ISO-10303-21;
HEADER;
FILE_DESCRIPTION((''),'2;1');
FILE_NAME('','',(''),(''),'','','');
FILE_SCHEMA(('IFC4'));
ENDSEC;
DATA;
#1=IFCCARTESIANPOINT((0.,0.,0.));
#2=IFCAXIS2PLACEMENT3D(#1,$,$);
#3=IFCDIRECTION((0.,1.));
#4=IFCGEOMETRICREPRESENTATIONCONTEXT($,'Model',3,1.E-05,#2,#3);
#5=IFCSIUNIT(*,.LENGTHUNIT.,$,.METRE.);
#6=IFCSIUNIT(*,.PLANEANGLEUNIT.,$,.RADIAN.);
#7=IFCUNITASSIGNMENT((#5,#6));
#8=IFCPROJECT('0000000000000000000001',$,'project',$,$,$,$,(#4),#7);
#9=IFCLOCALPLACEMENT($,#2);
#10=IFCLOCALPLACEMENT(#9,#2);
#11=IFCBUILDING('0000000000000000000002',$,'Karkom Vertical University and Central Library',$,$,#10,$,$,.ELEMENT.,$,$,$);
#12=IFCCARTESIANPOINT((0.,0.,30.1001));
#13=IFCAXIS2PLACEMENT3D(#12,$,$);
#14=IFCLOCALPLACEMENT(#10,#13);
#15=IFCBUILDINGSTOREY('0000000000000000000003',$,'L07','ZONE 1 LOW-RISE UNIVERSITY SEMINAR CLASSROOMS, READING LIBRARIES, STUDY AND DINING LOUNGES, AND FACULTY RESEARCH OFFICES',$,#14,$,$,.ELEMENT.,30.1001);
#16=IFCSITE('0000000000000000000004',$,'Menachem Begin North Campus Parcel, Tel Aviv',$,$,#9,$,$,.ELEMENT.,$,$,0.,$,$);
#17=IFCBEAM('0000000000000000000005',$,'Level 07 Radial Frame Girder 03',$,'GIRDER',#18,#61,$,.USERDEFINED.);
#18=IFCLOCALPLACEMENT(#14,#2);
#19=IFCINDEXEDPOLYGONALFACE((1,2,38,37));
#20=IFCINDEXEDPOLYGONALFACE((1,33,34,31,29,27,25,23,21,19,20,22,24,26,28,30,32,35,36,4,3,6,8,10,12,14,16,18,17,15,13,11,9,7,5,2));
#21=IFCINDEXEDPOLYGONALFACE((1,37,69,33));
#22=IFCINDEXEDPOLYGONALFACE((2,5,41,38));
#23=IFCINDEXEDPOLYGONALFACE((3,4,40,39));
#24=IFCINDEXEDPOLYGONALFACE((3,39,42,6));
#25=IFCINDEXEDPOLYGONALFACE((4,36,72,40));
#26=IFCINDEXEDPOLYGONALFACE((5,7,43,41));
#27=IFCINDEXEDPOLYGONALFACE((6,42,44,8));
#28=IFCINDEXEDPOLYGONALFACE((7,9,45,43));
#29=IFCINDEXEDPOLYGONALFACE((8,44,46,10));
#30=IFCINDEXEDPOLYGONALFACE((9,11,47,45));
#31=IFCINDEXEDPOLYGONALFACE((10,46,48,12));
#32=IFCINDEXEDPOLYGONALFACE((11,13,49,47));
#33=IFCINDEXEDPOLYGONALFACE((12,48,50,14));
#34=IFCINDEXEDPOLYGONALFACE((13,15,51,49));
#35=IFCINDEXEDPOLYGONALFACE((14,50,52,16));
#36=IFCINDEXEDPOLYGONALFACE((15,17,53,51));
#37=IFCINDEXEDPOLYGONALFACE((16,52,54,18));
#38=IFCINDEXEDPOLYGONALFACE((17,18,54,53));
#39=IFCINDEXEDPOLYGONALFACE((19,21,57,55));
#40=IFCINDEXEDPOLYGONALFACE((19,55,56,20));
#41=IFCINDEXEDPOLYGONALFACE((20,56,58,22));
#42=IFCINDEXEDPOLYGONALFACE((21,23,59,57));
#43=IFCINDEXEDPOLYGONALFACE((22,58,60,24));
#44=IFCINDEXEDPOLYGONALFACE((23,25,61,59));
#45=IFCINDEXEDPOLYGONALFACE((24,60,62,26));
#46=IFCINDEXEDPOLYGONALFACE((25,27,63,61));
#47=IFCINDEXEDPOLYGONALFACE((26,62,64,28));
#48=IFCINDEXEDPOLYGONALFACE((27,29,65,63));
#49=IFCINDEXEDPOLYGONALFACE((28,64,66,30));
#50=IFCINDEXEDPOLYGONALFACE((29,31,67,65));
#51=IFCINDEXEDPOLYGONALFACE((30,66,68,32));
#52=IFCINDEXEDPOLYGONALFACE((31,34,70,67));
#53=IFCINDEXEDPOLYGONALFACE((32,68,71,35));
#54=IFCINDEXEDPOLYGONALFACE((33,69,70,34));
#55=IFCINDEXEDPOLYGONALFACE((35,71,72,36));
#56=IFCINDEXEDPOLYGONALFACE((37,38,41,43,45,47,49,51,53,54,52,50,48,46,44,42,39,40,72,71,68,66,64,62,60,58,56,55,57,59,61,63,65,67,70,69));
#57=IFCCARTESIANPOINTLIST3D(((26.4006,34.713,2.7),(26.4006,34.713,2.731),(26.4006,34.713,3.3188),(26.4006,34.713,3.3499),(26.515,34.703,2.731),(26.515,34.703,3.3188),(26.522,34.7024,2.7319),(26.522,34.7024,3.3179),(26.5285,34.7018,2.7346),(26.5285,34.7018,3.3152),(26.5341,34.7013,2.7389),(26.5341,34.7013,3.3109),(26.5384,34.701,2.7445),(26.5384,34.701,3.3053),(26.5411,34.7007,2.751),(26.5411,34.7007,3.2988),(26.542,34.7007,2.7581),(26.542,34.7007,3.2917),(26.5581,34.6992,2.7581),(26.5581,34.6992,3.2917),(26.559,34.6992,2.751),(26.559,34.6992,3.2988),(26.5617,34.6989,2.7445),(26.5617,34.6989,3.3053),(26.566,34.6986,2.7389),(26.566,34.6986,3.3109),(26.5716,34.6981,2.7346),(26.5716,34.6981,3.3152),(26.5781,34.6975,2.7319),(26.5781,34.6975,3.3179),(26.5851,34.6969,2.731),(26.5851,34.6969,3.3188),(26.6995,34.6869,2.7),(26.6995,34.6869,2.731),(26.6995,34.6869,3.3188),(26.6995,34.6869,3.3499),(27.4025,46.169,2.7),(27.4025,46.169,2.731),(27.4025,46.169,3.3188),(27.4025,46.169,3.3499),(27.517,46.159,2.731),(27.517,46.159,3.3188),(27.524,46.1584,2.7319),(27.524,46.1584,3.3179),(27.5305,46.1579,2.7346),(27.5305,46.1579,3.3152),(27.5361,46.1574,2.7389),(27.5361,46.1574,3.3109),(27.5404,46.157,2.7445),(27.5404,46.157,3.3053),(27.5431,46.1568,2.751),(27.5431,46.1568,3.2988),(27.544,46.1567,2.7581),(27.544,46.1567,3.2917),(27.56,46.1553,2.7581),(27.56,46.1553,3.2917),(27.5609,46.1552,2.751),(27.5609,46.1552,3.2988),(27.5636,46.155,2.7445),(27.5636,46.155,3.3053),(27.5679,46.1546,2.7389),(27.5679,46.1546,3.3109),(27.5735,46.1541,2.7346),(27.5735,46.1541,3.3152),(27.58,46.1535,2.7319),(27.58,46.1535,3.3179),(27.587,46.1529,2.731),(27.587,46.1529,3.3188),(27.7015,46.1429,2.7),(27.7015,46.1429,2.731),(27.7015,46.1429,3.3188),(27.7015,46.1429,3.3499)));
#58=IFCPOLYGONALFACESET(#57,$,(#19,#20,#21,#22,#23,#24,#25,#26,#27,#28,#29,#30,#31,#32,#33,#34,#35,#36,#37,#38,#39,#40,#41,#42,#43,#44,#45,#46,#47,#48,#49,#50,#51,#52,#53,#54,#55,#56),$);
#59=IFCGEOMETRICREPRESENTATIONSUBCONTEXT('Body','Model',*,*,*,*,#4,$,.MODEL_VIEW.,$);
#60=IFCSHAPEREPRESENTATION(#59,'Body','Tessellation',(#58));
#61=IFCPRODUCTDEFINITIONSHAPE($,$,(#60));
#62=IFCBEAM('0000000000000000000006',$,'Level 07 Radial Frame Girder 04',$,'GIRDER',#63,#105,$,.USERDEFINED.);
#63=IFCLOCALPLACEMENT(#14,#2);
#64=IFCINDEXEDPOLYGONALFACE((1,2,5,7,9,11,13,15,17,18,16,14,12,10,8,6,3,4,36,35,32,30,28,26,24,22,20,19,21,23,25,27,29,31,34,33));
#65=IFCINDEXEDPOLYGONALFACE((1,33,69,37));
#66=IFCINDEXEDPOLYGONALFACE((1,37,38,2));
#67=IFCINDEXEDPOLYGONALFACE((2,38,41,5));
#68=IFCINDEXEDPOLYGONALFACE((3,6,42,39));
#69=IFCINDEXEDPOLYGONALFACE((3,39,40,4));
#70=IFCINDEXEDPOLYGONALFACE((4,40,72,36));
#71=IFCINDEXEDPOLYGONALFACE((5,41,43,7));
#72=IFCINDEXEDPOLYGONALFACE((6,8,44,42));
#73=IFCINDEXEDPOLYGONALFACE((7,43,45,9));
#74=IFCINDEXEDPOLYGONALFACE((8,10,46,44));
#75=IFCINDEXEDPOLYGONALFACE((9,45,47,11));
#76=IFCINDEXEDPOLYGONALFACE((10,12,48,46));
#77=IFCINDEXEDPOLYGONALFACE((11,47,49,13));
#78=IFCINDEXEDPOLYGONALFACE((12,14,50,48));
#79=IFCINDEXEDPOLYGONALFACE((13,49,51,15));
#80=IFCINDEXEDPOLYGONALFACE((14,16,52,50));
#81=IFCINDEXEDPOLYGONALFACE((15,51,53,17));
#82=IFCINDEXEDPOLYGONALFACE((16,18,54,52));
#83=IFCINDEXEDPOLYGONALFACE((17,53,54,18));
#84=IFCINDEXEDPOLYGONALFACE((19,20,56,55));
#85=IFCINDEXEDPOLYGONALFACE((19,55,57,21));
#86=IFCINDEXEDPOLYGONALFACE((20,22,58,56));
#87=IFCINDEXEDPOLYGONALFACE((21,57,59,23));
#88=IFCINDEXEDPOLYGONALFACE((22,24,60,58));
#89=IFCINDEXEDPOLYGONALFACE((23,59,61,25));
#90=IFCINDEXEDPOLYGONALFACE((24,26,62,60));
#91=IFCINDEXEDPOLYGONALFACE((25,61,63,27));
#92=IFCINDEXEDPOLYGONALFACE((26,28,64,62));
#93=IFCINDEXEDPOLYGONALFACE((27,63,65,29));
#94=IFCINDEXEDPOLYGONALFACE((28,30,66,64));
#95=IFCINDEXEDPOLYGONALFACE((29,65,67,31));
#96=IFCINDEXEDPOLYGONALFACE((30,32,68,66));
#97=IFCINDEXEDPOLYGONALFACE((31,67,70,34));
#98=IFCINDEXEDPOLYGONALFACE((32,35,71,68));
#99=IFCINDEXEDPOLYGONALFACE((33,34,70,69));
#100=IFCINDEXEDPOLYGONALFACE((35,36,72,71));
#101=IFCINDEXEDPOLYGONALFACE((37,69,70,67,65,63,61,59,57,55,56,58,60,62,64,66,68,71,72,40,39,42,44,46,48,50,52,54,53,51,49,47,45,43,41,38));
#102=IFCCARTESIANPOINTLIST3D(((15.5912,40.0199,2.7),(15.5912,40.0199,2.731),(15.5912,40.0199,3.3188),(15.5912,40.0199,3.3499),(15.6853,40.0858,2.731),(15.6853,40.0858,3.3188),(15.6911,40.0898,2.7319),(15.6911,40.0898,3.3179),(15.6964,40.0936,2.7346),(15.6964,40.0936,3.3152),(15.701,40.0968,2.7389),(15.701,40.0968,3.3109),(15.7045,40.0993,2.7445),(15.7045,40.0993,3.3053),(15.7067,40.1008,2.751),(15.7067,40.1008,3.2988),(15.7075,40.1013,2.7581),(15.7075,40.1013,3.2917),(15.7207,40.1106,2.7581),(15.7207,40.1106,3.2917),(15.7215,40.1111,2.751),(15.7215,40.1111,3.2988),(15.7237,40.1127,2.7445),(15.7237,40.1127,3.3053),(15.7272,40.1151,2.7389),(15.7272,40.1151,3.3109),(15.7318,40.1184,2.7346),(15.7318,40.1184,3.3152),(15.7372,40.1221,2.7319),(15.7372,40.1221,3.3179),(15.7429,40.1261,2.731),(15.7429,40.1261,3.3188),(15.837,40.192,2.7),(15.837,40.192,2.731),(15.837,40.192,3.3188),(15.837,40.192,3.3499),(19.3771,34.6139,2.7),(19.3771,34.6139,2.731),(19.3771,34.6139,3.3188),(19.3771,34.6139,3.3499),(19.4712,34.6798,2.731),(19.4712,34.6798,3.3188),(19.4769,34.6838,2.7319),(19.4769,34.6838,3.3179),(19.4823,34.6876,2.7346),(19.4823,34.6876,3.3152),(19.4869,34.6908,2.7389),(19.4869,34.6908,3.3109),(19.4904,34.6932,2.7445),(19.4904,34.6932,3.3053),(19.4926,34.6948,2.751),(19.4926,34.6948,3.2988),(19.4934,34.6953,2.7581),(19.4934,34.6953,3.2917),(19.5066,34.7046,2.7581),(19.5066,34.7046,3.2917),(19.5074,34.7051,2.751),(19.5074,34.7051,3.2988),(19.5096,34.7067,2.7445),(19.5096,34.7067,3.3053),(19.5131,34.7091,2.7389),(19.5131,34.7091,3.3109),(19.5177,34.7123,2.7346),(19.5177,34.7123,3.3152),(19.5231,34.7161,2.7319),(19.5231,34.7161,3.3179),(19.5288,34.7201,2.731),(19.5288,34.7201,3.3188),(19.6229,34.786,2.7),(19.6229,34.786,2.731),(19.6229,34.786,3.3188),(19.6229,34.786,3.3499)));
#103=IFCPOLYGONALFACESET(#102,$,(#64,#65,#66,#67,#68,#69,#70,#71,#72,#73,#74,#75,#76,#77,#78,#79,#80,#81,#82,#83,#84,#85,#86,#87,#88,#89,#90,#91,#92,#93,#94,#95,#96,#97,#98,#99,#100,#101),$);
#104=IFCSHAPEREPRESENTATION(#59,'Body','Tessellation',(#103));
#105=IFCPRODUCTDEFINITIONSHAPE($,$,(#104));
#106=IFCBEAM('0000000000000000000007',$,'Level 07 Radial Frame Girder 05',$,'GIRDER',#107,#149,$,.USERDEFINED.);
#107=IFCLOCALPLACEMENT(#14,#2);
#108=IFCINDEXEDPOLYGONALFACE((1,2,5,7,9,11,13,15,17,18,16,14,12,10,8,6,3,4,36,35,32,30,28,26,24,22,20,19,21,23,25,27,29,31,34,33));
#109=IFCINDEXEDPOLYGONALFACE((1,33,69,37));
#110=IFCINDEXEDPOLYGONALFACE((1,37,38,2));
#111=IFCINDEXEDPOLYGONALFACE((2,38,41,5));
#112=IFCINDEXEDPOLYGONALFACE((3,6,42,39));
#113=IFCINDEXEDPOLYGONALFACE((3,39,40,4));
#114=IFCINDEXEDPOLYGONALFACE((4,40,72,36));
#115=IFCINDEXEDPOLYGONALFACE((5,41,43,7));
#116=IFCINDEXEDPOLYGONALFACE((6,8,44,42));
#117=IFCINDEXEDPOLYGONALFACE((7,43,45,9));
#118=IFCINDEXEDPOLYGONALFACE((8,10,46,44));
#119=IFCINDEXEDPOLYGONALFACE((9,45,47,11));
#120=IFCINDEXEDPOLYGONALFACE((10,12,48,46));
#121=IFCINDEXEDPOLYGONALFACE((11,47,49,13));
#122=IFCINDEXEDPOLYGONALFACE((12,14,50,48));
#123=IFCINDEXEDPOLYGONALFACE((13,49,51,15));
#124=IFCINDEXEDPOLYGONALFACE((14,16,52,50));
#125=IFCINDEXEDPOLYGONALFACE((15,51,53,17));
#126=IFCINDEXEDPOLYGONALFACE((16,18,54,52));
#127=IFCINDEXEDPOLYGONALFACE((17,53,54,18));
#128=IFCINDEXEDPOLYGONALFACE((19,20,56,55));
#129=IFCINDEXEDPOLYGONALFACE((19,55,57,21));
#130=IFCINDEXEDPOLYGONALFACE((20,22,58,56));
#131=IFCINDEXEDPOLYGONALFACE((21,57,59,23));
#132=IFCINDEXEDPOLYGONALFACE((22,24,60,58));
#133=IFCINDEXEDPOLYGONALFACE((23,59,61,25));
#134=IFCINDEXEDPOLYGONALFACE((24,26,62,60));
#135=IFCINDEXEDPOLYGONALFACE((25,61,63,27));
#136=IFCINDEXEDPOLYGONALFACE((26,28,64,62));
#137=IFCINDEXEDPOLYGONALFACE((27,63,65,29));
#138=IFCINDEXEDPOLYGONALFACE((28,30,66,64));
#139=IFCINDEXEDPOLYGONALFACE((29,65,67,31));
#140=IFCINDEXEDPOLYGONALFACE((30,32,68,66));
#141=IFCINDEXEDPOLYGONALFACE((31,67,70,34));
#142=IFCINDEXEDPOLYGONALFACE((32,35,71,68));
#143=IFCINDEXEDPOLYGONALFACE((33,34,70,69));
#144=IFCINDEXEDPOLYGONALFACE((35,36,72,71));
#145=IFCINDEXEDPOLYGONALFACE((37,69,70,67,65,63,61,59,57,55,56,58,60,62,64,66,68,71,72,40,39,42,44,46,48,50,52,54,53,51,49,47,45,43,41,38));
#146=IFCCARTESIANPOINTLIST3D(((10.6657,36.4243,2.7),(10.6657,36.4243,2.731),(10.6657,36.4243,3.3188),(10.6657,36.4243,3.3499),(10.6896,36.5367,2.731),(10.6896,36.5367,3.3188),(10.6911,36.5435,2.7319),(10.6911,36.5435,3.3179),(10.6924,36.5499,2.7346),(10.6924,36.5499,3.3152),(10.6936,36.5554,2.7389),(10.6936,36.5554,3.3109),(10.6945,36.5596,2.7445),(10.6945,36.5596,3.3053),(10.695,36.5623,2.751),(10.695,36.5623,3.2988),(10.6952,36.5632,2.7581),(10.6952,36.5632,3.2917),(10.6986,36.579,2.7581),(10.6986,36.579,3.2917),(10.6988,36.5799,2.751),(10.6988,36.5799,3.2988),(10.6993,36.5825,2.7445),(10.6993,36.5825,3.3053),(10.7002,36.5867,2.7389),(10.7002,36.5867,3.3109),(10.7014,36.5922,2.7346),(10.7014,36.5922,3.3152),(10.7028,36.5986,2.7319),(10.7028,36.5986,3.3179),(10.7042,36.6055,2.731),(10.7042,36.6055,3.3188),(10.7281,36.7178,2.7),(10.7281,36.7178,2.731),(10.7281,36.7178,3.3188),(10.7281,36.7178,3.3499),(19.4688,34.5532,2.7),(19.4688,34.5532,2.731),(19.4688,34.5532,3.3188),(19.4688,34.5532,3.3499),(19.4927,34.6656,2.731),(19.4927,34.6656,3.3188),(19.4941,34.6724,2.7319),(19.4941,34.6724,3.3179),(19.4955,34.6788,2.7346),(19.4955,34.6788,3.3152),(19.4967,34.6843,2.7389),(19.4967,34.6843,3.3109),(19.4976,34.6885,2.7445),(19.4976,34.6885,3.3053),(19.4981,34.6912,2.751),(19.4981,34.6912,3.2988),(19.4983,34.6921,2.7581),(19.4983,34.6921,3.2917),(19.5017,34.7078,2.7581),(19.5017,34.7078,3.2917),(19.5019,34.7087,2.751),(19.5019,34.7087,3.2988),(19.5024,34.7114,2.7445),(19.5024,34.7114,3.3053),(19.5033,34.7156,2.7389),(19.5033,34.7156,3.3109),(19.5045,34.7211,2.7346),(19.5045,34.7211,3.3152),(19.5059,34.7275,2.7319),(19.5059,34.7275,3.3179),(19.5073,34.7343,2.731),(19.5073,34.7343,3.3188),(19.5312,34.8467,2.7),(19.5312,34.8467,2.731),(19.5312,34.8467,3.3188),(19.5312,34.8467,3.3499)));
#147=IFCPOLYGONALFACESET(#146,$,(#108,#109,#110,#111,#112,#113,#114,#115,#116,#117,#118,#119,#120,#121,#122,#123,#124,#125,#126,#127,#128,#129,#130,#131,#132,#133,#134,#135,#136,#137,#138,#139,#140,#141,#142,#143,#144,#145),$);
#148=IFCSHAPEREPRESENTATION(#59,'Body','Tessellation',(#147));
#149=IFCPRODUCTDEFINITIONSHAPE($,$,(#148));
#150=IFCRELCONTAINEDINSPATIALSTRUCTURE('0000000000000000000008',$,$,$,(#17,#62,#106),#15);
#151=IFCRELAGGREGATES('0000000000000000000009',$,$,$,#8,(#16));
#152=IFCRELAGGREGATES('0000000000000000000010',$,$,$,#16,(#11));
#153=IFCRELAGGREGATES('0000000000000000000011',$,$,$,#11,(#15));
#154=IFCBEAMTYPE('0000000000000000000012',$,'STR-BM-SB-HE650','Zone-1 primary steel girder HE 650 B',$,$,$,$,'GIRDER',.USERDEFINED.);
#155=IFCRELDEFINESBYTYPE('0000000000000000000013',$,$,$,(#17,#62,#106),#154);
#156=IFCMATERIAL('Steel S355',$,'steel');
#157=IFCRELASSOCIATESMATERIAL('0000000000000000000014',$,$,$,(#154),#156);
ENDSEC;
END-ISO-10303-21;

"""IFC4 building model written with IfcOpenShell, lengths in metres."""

from ifc_helpers import new_model, si_unit, direction, frame, origin, origin_with_axes, origin_2d, place, context, subcontext, project, spatial, i_section, extrude, source, transform, mapped, material, material_profile, profile_set, type_object, element, save


model = new_model("IFC4")

# Units and contexts
model_context = context("Model", 3, precision=1e-05, world=origin(), true_north=direction((0.0, 1.0)))
body_context = subcontext(model_context, "Body", "Model", "MODEL_VIEW")
ifc_project = project(units=[si_unit("LENGTHUNIT", "METRE"), si_unit("PLANEANGLEUNIT", "RADIAN")], contexts=[model_context])

# Site, building, storey
site_placement = place(None, origin())
site = spatial("IfcSite", under=ifc_project, at=site_placement, Name="Menachem Begin North Campus Parcel, Tel Aviv", CompositionType="ELEMENT", RefElevation=0.0)
building_placement = place(site_placement, origin())
building = spatial("IfcBuilding", under=site, at=building_placement, Name="Karkom Vertical University and Central Library", CompositionType="ELEMENT")
storey_placement = place(building_placement, frame((0.0, 0.0, 30.1001)))
storey = spatial("IfcBuildingStorey", under=building, at=storey_placement, Name="L07", Description="ZONE 1 LOW-RISE UNIVERSITY SEMINAR CLASSROOMS, READING LIBRARIES, STUDY AND DINING LOUNGES, AND FACULTY RESEARCH OFFICES", CompositionType="ELEMENT", Elevation=30.1001)

# Beams
ifc_material_1 = material(Name="Steel S355", Category="steel")
ifc_material_profile_1 = material_profile(ifc_material_1, i_section(OverallWidth=0.3, OverallDepth=0.6499, WebThickness=0.0161, FlangeThickness=0.031, FilletRadius=0.0271, at=origin_2d()), Name="HE 650 B")
ifc_profile_set_1 = profile_set([ifc_material_profile_1], Name="Steel S355")
beam_type_1 = type_object("IfcBeamType", Name="STR-BM-SB-HE650", Description="Zone-1 primary steel girder HE 650 B", ElementType="GIRDER", PredefinedType="USERDEFINED", material=ifc_profile_set_1)
shared_shape_1 = source(origin_with_axes(), body_context, "Body", "SweptSolid", [
    extrude(i_section(OverallWidth=0.3, OverallDepth=0.6499, WebThickness=0.0161, FlangeThickness=0.031, FilletRadius=0.0271, at=origin_2d()), origin(), (0.0, 0.0, 1.0), 11.4998),
])
beam_1_placement = place(storey_placement, frame((26.55, 34.7, 3.0249), z_axis=(0.087128, 0.996197, 0.0), x_axis=(-0.996197, 0.087128, 0.0)))
element("IfcBeam", 1, at=beam_1_placement, inside=storey, type_object=beam_type_1, Name="Level 07 Radial Frame Girder 03", ObjectType="GIRDER", PredefinedType="USERDEFINED", context=body_context, shape_type="MappedRepresentation", body=[
    mapped(shared_shape_1, transform((0.0, 0.0, 0.0), scale=1.0)),
])
shared_shape_2 = source(origin_with_axes(), body_context, "Body", "SweptSolid", [
    extrude(i_section(OverallWidth=0.3, OverallDepth=0.6499, WebThickness=0.0161, FlangeThickness=0.031, FilletRadius=0.0271, at=origin_2d()), origin(), (0.0, 0.0, 1.0), 6.5999),
])
beam_2_placement = place(storey_placement, frame((19.5, 34.7, 3.0249), z_axis=(-0.573634, 0.819112, 0.0), x_axis=(-0.819112, -0.573634, 0.0)))
element("IfcBeam", 2, at=beam_2_placement, inside=storey, type_object=beam_type_1, Name="Level 07 Radial Frame Girder 04", ObjectType="GIRDER", PredefinedType="USERDEFINED", context=body_context, shape_type="MappedRepresentation", body=[
    mapped(shared_shape_2, transform((0.0, 0.0, 0.0), scale=1.0)),
])
shared_shape_3 = source(origin_with_axes(), body_context, "Body", "SweptSolid", [
    extrude(i_section(OverallWidth=0.3, OverallDepth=0.6499, WebThickness=0.0161, FlangeThickness=0.031, FilletRadius=0.0271, at=origin_2d()), origin(), (0.0, 0.0, 1.0), 8.9998),
])
beam_3_placement = place(storey_placement, frame((19.5, 34.7, 3.0249), z_axis=(-0.978148, 0.207908, 0.0), x_axis=(-0.207908, -0.978148, 0.0)))
element("IfcBeam", 3, at=beam_3_placement, inside=storey, type_object=beam_type_1, Name="Level 07 Radial Frame Girder 05", ObjectType="GIRDER", PredefinedType="USERDEFINED", context=body_context, shape_type="MappedRepresentation", body=[
    mapped(shared_shape_3, transform((0.0, 0.0, 0.0), scale=1.0)),
])

save(model, "model.ifc")
